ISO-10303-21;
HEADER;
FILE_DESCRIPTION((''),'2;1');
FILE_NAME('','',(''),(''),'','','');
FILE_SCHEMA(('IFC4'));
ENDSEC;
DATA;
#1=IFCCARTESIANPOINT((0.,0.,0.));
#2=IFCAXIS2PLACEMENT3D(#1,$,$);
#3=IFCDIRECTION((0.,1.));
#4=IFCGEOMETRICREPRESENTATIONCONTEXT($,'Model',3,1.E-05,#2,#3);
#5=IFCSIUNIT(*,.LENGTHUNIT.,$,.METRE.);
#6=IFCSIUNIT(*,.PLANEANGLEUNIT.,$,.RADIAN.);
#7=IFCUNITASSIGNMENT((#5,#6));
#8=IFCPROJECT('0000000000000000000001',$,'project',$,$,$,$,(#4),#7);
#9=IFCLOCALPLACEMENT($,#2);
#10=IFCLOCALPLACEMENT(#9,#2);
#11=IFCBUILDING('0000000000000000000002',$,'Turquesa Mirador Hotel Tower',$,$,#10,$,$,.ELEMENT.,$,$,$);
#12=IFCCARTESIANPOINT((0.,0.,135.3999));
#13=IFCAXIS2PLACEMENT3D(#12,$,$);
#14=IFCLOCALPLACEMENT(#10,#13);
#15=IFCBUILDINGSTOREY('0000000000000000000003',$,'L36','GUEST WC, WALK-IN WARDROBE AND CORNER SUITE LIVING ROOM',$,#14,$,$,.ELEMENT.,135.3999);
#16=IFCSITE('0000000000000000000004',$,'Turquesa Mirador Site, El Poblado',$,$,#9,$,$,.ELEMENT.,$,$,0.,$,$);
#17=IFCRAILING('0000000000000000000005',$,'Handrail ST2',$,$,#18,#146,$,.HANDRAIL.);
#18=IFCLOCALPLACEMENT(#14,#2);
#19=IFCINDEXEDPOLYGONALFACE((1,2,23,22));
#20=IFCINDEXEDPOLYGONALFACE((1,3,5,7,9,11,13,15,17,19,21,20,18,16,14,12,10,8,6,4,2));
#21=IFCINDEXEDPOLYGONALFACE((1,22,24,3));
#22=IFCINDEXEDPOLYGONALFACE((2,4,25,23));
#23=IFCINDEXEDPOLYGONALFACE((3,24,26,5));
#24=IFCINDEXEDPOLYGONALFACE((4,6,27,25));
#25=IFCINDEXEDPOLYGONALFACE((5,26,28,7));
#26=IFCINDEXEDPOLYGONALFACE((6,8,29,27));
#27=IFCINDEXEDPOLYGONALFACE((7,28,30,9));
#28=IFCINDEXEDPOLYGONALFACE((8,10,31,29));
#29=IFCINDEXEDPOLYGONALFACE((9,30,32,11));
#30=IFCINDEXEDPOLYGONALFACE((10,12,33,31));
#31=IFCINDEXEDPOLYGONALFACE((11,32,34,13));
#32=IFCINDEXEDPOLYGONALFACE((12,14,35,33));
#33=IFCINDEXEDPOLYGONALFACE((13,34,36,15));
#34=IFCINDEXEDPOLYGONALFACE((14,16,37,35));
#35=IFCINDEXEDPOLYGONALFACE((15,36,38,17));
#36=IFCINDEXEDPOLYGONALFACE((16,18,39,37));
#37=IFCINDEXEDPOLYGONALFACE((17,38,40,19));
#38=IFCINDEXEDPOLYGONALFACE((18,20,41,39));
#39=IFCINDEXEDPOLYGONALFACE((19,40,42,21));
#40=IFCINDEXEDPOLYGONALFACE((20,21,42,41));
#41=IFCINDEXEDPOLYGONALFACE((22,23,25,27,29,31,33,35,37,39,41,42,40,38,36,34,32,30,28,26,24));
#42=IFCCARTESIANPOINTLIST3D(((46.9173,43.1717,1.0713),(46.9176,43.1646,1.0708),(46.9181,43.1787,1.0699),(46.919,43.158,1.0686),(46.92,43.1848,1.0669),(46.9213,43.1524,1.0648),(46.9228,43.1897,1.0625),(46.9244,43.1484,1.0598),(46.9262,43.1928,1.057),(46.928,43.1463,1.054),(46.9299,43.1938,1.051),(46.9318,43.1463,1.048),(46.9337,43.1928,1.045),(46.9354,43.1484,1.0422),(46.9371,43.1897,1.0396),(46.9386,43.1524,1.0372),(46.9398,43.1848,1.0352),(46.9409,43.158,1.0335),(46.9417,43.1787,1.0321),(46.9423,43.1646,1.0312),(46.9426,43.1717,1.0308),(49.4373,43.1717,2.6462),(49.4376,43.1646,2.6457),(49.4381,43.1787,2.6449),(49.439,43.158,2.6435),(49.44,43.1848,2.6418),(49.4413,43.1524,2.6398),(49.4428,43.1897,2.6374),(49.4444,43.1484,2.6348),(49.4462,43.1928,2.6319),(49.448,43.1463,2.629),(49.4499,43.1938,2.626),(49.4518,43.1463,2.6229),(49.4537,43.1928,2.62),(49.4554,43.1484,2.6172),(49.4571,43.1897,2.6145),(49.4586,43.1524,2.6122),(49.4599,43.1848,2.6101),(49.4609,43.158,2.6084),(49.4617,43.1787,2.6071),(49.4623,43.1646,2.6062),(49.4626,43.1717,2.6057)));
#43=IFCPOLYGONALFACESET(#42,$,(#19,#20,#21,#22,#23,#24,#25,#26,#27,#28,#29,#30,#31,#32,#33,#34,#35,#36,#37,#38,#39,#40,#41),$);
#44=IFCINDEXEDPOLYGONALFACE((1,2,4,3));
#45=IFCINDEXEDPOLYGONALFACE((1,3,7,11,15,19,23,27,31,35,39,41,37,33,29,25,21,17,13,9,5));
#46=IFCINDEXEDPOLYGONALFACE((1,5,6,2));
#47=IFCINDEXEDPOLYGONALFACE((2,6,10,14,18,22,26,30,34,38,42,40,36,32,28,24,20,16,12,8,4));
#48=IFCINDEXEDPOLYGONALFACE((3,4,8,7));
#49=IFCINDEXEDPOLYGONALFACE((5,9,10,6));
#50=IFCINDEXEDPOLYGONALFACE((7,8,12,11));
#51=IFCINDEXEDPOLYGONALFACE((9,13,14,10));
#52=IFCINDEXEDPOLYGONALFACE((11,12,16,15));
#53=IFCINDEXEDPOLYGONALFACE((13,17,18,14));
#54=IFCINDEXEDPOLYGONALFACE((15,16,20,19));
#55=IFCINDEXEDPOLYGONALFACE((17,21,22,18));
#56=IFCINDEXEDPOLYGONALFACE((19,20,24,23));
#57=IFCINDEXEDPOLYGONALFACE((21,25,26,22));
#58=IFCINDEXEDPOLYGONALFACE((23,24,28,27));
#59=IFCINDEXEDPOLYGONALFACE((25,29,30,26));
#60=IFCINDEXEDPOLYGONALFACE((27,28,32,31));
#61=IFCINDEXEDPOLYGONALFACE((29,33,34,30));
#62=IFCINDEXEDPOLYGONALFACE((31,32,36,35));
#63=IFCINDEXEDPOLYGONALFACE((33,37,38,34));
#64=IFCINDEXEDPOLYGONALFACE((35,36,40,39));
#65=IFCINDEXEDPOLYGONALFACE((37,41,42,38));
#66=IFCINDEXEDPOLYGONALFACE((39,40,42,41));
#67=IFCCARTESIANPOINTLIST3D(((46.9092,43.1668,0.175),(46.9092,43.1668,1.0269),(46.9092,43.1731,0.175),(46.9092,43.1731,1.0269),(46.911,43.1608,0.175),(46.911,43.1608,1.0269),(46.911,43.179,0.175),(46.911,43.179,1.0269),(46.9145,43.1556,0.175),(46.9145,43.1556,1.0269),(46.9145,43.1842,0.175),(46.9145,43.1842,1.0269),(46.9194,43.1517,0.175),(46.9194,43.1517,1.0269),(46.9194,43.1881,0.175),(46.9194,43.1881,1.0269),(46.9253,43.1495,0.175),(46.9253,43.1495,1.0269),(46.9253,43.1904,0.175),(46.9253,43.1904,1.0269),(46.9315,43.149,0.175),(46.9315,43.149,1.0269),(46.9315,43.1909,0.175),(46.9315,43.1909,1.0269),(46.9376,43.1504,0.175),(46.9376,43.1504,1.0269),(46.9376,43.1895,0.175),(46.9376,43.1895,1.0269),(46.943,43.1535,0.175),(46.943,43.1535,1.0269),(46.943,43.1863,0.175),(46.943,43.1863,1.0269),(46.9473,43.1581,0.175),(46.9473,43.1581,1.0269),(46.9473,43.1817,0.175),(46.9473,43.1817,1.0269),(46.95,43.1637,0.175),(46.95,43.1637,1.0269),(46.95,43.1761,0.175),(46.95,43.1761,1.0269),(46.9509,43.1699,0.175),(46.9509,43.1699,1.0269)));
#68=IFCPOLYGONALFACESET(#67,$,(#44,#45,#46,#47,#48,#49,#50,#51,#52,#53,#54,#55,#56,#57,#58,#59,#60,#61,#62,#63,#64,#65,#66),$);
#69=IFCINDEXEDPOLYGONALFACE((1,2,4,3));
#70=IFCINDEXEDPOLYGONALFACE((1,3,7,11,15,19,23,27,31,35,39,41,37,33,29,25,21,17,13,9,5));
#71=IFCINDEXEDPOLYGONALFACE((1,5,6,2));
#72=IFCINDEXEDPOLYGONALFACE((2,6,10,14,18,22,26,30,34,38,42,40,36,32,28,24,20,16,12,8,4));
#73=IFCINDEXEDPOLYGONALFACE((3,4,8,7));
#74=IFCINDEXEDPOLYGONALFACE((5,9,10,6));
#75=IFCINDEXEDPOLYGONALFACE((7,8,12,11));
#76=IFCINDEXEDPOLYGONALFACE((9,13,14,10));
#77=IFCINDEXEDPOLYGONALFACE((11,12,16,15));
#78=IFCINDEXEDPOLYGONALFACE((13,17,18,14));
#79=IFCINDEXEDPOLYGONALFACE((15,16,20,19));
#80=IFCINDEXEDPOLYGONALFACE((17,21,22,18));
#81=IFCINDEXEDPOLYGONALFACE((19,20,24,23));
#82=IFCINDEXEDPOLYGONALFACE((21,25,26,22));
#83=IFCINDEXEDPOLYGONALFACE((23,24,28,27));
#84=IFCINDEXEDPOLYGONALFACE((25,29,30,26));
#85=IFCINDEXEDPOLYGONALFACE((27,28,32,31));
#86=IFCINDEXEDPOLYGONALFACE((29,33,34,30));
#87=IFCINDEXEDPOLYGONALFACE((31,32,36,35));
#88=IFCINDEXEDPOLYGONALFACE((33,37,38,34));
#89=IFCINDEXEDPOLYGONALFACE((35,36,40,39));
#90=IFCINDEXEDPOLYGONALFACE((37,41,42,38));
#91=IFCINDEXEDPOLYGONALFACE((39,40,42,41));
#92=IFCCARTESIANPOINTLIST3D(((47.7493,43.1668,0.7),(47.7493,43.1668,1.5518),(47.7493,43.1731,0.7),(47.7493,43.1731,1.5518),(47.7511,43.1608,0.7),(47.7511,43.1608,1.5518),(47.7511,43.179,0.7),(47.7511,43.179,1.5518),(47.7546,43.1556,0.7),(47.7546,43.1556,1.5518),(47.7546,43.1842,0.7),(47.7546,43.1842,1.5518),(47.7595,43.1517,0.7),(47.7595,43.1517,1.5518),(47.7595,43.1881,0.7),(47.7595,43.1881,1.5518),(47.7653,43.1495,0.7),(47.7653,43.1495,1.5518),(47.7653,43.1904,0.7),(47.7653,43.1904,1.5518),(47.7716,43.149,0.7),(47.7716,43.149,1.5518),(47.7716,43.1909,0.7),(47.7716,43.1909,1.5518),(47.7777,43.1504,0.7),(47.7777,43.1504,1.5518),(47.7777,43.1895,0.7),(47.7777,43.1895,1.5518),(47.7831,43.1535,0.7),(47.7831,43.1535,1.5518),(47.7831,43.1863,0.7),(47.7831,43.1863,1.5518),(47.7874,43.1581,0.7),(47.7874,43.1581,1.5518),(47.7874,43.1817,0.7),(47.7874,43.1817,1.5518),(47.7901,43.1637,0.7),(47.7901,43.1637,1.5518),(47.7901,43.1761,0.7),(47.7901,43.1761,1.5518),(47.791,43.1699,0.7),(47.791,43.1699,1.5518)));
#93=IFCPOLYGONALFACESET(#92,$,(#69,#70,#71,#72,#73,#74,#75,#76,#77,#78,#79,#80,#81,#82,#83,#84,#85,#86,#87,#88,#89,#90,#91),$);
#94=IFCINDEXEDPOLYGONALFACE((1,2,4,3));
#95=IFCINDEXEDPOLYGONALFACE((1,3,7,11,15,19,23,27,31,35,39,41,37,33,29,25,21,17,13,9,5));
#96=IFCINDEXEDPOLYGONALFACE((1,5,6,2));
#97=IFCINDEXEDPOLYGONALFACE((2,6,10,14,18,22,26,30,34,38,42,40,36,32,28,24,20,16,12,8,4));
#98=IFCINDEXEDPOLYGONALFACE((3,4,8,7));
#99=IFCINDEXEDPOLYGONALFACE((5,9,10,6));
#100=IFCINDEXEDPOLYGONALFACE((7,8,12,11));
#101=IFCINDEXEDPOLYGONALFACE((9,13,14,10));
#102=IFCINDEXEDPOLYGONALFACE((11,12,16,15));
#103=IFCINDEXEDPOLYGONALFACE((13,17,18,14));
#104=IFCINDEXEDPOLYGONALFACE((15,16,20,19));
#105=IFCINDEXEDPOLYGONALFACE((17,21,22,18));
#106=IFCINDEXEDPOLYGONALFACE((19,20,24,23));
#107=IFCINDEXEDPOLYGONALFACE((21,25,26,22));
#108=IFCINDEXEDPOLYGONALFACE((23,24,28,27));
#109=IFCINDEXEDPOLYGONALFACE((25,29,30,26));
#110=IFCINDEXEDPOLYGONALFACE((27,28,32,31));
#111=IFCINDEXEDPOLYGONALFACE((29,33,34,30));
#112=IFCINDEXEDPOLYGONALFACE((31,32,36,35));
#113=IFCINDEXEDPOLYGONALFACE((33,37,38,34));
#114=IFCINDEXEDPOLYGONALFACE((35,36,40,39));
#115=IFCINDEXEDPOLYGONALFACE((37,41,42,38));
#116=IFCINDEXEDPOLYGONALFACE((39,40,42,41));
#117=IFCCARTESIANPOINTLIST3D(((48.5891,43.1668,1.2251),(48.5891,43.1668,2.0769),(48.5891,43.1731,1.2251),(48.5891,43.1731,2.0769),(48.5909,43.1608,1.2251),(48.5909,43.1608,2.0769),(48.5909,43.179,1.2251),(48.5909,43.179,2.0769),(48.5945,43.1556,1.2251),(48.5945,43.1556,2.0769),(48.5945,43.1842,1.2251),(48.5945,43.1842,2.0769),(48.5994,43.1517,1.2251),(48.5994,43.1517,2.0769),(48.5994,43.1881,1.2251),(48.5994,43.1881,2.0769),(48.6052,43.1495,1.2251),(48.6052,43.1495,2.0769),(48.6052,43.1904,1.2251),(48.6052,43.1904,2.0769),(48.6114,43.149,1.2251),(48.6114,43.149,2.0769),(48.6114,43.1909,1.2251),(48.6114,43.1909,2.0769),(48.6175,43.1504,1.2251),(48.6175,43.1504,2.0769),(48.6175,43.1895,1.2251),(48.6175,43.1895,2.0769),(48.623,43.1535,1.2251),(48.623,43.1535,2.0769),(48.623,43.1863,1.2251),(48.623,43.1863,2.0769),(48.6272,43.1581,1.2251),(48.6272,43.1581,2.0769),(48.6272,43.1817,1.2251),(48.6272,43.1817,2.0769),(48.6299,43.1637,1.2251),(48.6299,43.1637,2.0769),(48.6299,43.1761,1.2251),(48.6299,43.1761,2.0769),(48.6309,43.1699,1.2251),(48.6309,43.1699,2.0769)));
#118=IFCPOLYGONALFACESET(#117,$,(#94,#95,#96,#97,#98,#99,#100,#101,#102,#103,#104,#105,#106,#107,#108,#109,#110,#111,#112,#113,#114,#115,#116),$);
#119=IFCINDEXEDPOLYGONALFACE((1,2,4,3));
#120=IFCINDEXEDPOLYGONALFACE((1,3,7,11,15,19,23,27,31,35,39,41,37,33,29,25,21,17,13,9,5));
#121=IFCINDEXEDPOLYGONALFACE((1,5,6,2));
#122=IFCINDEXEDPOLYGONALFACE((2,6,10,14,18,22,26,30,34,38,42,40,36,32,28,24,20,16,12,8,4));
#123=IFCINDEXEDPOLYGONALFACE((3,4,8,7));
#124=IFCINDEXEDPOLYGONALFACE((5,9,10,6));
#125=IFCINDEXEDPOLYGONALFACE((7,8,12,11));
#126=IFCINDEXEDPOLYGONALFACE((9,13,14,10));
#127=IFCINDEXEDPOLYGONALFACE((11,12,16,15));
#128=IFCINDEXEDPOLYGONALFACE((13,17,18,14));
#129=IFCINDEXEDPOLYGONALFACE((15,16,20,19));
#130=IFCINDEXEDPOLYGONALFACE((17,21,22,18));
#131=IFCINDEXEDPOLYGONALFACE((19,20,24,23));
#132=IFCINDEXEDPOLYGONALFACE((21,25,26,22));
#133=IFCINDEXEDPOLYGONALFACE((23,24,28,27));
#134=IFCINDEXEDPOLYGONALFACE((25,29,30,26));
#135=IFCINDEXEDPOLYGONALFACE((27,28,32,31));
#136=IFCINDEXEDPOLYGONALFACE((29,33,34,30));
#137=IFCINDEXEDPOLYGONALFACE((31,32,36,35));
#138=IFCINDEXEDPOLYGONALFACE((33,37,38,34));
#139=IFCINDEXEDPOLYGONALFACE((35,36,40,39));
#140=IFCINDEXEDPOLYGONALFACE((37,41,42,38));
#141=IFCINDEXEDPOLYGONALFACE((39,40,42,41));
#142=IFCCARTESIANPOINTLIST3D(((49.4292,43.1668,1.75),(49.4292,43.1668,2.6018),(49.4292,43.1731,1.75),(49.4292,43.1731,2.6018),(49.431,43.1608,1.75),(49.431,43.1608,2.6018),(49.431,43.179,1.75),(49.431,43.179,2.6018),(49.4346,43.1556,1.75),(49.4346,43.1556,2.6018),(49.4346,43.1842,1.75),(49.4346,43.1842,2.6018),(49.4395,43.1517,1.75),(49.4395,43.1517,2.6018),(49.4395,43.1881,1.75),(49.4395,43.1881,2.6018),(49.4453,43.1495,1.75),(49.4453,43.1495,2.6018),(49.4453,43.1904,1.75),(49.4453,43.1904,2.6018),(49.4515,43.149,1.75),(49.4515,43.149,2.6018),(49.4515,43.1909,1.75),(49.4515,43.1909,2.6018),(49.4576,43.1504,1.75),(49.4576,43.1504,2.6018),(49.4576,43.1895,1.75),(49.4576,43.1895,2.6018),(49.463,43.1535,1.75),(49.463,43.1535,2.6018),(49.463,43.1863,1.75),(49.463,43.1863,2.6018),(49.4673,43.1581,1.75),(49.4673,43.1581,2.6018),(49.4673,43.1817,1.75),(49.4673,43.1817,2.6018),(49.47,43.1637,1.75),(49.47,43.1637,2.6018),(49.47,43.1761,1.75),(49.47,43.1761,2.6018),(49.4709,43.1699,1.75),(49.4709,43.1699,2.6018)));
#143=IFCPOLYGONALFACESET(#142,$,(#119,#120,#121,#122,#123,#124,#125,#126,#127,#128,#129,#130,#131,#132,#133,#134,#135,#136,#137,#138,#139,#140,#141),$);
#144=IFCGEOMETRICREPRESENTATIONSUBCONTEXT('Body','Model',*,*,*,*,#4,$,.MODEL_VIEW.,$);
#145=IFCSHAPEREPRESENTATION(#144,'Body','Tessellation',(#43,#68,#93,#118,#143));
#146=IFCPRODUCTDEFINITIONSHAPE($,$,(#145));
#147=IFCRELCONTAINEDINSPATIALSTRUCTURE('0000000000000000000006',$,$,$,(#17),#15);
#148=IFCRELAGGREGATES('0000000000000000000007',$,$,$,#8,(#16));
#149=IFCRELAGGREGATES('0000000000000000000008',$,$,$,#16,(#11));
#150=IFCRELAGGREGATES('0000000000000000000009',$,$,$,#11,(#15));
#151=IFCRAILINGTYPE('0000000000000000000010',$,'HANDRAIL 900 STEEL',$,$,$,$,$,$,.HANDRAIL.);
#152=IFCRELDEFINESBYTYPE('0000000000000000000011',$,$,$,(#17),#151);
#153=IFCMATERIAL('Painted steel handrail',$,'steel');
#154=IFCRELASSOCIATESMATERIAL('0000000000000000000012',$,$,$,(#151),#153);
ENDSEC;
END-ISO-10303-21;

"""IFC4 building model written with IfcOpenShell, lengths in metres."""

from ifc_helpers import new_model, si_unit, direction, frame, origin, origin_2d, place, context, subcontext, project, spatial, circle, extrude, material, type_object, element, save


model = new_model("IFC4")

# Units and contexts
model_context = context("Model", 3, precision=1e-05, world=origin(), true_north=direction((0.0, 1.0)))
body_context = subcontext(model_context, "Body", "Model", "MODEL_VIEW")
ifc_project = project(units=[si_unit("LENGTHUNIT", "METRE"), si_unit("PLANEANGLEUNIT", "RADIAN")], contexts=[model_context])

# Site, building, storey
site_placement = place(None, origin())
site = spatial("IfcSite", under=ifc_project, at=site_placement, Name="Turquesa Mirador Site, El Poblado", CompositionType="ELEMENT", RefElevation=0.0)
building_placement = place(site_placement, origin())
building = spatial("IfcBuilding", under=site, at=building_placement, Name="Turquesa Mirador Hotel Tower", CompositionType="ELEMENT")
storey_placement = place(building_placement, frame((0.0, 0.0, 135.3999)))
storey = spatial("IfcBuildingStorey", under=building, at=storey_placement, Name="L36", Description="GUEST WC, WALK-IN WARDROBE AND CORNER SUITE LIVING ROOM", CompositionType="ELEMENT", Elevation=135.3999)

# Railing
ifc_material_1 = material(Name="Painted steel handrail", Category="steel")
railing_type = type_object("IfcRailingType", Name="HANDRAIL 900 STEEL", PredefinedType="HANDRAIL", material=ifc_material_1)
for number, where, name in (
    (1, (46.9299, 43.1699, 0.175), "Handrail ST2"),
):
    element("IfcRailing", number, at=place(storey_placement, frame(where)), inside=storey, type_object=railing_type, Name=name, PredefinedType="HANDRAIL", context=body_context, shape_type="SweptSolid", body=[
        extrude(circle(Radius=0.0239, at=origin_2d()), frame((0.0, 0.0, 0.876), z_axis=(0.848008, 0.0, 0.529984), x_axis=(0.0, 1.0, 0.0)), (0.0, 0.0, 1.0), 2.9717),
        extrude(circle(Radius=0.021, at=origin_2d()), origin(), (0.0, 0.0, 1.0), 0.8518),
        extrude(circle(Radius=0.021, at=origin_2d()), frame((0.8401, 0.0, 0.5249)), (0.0, 0.0, 1.0), 0.8518),
        extrude(circle(Radius=0.021, at=origin_2d()), frame((1.6799, 0.0, 1.05)), (0.0, 0.0, 1.0), 0.8518),
        extrude(circle(Radius=0.021, at=origin_2d()), frame((2.52, 0.0, 1.575)), (0.0, 0.0, 1.0), 0.8518),
    ])

save(model, "model.ifc")
